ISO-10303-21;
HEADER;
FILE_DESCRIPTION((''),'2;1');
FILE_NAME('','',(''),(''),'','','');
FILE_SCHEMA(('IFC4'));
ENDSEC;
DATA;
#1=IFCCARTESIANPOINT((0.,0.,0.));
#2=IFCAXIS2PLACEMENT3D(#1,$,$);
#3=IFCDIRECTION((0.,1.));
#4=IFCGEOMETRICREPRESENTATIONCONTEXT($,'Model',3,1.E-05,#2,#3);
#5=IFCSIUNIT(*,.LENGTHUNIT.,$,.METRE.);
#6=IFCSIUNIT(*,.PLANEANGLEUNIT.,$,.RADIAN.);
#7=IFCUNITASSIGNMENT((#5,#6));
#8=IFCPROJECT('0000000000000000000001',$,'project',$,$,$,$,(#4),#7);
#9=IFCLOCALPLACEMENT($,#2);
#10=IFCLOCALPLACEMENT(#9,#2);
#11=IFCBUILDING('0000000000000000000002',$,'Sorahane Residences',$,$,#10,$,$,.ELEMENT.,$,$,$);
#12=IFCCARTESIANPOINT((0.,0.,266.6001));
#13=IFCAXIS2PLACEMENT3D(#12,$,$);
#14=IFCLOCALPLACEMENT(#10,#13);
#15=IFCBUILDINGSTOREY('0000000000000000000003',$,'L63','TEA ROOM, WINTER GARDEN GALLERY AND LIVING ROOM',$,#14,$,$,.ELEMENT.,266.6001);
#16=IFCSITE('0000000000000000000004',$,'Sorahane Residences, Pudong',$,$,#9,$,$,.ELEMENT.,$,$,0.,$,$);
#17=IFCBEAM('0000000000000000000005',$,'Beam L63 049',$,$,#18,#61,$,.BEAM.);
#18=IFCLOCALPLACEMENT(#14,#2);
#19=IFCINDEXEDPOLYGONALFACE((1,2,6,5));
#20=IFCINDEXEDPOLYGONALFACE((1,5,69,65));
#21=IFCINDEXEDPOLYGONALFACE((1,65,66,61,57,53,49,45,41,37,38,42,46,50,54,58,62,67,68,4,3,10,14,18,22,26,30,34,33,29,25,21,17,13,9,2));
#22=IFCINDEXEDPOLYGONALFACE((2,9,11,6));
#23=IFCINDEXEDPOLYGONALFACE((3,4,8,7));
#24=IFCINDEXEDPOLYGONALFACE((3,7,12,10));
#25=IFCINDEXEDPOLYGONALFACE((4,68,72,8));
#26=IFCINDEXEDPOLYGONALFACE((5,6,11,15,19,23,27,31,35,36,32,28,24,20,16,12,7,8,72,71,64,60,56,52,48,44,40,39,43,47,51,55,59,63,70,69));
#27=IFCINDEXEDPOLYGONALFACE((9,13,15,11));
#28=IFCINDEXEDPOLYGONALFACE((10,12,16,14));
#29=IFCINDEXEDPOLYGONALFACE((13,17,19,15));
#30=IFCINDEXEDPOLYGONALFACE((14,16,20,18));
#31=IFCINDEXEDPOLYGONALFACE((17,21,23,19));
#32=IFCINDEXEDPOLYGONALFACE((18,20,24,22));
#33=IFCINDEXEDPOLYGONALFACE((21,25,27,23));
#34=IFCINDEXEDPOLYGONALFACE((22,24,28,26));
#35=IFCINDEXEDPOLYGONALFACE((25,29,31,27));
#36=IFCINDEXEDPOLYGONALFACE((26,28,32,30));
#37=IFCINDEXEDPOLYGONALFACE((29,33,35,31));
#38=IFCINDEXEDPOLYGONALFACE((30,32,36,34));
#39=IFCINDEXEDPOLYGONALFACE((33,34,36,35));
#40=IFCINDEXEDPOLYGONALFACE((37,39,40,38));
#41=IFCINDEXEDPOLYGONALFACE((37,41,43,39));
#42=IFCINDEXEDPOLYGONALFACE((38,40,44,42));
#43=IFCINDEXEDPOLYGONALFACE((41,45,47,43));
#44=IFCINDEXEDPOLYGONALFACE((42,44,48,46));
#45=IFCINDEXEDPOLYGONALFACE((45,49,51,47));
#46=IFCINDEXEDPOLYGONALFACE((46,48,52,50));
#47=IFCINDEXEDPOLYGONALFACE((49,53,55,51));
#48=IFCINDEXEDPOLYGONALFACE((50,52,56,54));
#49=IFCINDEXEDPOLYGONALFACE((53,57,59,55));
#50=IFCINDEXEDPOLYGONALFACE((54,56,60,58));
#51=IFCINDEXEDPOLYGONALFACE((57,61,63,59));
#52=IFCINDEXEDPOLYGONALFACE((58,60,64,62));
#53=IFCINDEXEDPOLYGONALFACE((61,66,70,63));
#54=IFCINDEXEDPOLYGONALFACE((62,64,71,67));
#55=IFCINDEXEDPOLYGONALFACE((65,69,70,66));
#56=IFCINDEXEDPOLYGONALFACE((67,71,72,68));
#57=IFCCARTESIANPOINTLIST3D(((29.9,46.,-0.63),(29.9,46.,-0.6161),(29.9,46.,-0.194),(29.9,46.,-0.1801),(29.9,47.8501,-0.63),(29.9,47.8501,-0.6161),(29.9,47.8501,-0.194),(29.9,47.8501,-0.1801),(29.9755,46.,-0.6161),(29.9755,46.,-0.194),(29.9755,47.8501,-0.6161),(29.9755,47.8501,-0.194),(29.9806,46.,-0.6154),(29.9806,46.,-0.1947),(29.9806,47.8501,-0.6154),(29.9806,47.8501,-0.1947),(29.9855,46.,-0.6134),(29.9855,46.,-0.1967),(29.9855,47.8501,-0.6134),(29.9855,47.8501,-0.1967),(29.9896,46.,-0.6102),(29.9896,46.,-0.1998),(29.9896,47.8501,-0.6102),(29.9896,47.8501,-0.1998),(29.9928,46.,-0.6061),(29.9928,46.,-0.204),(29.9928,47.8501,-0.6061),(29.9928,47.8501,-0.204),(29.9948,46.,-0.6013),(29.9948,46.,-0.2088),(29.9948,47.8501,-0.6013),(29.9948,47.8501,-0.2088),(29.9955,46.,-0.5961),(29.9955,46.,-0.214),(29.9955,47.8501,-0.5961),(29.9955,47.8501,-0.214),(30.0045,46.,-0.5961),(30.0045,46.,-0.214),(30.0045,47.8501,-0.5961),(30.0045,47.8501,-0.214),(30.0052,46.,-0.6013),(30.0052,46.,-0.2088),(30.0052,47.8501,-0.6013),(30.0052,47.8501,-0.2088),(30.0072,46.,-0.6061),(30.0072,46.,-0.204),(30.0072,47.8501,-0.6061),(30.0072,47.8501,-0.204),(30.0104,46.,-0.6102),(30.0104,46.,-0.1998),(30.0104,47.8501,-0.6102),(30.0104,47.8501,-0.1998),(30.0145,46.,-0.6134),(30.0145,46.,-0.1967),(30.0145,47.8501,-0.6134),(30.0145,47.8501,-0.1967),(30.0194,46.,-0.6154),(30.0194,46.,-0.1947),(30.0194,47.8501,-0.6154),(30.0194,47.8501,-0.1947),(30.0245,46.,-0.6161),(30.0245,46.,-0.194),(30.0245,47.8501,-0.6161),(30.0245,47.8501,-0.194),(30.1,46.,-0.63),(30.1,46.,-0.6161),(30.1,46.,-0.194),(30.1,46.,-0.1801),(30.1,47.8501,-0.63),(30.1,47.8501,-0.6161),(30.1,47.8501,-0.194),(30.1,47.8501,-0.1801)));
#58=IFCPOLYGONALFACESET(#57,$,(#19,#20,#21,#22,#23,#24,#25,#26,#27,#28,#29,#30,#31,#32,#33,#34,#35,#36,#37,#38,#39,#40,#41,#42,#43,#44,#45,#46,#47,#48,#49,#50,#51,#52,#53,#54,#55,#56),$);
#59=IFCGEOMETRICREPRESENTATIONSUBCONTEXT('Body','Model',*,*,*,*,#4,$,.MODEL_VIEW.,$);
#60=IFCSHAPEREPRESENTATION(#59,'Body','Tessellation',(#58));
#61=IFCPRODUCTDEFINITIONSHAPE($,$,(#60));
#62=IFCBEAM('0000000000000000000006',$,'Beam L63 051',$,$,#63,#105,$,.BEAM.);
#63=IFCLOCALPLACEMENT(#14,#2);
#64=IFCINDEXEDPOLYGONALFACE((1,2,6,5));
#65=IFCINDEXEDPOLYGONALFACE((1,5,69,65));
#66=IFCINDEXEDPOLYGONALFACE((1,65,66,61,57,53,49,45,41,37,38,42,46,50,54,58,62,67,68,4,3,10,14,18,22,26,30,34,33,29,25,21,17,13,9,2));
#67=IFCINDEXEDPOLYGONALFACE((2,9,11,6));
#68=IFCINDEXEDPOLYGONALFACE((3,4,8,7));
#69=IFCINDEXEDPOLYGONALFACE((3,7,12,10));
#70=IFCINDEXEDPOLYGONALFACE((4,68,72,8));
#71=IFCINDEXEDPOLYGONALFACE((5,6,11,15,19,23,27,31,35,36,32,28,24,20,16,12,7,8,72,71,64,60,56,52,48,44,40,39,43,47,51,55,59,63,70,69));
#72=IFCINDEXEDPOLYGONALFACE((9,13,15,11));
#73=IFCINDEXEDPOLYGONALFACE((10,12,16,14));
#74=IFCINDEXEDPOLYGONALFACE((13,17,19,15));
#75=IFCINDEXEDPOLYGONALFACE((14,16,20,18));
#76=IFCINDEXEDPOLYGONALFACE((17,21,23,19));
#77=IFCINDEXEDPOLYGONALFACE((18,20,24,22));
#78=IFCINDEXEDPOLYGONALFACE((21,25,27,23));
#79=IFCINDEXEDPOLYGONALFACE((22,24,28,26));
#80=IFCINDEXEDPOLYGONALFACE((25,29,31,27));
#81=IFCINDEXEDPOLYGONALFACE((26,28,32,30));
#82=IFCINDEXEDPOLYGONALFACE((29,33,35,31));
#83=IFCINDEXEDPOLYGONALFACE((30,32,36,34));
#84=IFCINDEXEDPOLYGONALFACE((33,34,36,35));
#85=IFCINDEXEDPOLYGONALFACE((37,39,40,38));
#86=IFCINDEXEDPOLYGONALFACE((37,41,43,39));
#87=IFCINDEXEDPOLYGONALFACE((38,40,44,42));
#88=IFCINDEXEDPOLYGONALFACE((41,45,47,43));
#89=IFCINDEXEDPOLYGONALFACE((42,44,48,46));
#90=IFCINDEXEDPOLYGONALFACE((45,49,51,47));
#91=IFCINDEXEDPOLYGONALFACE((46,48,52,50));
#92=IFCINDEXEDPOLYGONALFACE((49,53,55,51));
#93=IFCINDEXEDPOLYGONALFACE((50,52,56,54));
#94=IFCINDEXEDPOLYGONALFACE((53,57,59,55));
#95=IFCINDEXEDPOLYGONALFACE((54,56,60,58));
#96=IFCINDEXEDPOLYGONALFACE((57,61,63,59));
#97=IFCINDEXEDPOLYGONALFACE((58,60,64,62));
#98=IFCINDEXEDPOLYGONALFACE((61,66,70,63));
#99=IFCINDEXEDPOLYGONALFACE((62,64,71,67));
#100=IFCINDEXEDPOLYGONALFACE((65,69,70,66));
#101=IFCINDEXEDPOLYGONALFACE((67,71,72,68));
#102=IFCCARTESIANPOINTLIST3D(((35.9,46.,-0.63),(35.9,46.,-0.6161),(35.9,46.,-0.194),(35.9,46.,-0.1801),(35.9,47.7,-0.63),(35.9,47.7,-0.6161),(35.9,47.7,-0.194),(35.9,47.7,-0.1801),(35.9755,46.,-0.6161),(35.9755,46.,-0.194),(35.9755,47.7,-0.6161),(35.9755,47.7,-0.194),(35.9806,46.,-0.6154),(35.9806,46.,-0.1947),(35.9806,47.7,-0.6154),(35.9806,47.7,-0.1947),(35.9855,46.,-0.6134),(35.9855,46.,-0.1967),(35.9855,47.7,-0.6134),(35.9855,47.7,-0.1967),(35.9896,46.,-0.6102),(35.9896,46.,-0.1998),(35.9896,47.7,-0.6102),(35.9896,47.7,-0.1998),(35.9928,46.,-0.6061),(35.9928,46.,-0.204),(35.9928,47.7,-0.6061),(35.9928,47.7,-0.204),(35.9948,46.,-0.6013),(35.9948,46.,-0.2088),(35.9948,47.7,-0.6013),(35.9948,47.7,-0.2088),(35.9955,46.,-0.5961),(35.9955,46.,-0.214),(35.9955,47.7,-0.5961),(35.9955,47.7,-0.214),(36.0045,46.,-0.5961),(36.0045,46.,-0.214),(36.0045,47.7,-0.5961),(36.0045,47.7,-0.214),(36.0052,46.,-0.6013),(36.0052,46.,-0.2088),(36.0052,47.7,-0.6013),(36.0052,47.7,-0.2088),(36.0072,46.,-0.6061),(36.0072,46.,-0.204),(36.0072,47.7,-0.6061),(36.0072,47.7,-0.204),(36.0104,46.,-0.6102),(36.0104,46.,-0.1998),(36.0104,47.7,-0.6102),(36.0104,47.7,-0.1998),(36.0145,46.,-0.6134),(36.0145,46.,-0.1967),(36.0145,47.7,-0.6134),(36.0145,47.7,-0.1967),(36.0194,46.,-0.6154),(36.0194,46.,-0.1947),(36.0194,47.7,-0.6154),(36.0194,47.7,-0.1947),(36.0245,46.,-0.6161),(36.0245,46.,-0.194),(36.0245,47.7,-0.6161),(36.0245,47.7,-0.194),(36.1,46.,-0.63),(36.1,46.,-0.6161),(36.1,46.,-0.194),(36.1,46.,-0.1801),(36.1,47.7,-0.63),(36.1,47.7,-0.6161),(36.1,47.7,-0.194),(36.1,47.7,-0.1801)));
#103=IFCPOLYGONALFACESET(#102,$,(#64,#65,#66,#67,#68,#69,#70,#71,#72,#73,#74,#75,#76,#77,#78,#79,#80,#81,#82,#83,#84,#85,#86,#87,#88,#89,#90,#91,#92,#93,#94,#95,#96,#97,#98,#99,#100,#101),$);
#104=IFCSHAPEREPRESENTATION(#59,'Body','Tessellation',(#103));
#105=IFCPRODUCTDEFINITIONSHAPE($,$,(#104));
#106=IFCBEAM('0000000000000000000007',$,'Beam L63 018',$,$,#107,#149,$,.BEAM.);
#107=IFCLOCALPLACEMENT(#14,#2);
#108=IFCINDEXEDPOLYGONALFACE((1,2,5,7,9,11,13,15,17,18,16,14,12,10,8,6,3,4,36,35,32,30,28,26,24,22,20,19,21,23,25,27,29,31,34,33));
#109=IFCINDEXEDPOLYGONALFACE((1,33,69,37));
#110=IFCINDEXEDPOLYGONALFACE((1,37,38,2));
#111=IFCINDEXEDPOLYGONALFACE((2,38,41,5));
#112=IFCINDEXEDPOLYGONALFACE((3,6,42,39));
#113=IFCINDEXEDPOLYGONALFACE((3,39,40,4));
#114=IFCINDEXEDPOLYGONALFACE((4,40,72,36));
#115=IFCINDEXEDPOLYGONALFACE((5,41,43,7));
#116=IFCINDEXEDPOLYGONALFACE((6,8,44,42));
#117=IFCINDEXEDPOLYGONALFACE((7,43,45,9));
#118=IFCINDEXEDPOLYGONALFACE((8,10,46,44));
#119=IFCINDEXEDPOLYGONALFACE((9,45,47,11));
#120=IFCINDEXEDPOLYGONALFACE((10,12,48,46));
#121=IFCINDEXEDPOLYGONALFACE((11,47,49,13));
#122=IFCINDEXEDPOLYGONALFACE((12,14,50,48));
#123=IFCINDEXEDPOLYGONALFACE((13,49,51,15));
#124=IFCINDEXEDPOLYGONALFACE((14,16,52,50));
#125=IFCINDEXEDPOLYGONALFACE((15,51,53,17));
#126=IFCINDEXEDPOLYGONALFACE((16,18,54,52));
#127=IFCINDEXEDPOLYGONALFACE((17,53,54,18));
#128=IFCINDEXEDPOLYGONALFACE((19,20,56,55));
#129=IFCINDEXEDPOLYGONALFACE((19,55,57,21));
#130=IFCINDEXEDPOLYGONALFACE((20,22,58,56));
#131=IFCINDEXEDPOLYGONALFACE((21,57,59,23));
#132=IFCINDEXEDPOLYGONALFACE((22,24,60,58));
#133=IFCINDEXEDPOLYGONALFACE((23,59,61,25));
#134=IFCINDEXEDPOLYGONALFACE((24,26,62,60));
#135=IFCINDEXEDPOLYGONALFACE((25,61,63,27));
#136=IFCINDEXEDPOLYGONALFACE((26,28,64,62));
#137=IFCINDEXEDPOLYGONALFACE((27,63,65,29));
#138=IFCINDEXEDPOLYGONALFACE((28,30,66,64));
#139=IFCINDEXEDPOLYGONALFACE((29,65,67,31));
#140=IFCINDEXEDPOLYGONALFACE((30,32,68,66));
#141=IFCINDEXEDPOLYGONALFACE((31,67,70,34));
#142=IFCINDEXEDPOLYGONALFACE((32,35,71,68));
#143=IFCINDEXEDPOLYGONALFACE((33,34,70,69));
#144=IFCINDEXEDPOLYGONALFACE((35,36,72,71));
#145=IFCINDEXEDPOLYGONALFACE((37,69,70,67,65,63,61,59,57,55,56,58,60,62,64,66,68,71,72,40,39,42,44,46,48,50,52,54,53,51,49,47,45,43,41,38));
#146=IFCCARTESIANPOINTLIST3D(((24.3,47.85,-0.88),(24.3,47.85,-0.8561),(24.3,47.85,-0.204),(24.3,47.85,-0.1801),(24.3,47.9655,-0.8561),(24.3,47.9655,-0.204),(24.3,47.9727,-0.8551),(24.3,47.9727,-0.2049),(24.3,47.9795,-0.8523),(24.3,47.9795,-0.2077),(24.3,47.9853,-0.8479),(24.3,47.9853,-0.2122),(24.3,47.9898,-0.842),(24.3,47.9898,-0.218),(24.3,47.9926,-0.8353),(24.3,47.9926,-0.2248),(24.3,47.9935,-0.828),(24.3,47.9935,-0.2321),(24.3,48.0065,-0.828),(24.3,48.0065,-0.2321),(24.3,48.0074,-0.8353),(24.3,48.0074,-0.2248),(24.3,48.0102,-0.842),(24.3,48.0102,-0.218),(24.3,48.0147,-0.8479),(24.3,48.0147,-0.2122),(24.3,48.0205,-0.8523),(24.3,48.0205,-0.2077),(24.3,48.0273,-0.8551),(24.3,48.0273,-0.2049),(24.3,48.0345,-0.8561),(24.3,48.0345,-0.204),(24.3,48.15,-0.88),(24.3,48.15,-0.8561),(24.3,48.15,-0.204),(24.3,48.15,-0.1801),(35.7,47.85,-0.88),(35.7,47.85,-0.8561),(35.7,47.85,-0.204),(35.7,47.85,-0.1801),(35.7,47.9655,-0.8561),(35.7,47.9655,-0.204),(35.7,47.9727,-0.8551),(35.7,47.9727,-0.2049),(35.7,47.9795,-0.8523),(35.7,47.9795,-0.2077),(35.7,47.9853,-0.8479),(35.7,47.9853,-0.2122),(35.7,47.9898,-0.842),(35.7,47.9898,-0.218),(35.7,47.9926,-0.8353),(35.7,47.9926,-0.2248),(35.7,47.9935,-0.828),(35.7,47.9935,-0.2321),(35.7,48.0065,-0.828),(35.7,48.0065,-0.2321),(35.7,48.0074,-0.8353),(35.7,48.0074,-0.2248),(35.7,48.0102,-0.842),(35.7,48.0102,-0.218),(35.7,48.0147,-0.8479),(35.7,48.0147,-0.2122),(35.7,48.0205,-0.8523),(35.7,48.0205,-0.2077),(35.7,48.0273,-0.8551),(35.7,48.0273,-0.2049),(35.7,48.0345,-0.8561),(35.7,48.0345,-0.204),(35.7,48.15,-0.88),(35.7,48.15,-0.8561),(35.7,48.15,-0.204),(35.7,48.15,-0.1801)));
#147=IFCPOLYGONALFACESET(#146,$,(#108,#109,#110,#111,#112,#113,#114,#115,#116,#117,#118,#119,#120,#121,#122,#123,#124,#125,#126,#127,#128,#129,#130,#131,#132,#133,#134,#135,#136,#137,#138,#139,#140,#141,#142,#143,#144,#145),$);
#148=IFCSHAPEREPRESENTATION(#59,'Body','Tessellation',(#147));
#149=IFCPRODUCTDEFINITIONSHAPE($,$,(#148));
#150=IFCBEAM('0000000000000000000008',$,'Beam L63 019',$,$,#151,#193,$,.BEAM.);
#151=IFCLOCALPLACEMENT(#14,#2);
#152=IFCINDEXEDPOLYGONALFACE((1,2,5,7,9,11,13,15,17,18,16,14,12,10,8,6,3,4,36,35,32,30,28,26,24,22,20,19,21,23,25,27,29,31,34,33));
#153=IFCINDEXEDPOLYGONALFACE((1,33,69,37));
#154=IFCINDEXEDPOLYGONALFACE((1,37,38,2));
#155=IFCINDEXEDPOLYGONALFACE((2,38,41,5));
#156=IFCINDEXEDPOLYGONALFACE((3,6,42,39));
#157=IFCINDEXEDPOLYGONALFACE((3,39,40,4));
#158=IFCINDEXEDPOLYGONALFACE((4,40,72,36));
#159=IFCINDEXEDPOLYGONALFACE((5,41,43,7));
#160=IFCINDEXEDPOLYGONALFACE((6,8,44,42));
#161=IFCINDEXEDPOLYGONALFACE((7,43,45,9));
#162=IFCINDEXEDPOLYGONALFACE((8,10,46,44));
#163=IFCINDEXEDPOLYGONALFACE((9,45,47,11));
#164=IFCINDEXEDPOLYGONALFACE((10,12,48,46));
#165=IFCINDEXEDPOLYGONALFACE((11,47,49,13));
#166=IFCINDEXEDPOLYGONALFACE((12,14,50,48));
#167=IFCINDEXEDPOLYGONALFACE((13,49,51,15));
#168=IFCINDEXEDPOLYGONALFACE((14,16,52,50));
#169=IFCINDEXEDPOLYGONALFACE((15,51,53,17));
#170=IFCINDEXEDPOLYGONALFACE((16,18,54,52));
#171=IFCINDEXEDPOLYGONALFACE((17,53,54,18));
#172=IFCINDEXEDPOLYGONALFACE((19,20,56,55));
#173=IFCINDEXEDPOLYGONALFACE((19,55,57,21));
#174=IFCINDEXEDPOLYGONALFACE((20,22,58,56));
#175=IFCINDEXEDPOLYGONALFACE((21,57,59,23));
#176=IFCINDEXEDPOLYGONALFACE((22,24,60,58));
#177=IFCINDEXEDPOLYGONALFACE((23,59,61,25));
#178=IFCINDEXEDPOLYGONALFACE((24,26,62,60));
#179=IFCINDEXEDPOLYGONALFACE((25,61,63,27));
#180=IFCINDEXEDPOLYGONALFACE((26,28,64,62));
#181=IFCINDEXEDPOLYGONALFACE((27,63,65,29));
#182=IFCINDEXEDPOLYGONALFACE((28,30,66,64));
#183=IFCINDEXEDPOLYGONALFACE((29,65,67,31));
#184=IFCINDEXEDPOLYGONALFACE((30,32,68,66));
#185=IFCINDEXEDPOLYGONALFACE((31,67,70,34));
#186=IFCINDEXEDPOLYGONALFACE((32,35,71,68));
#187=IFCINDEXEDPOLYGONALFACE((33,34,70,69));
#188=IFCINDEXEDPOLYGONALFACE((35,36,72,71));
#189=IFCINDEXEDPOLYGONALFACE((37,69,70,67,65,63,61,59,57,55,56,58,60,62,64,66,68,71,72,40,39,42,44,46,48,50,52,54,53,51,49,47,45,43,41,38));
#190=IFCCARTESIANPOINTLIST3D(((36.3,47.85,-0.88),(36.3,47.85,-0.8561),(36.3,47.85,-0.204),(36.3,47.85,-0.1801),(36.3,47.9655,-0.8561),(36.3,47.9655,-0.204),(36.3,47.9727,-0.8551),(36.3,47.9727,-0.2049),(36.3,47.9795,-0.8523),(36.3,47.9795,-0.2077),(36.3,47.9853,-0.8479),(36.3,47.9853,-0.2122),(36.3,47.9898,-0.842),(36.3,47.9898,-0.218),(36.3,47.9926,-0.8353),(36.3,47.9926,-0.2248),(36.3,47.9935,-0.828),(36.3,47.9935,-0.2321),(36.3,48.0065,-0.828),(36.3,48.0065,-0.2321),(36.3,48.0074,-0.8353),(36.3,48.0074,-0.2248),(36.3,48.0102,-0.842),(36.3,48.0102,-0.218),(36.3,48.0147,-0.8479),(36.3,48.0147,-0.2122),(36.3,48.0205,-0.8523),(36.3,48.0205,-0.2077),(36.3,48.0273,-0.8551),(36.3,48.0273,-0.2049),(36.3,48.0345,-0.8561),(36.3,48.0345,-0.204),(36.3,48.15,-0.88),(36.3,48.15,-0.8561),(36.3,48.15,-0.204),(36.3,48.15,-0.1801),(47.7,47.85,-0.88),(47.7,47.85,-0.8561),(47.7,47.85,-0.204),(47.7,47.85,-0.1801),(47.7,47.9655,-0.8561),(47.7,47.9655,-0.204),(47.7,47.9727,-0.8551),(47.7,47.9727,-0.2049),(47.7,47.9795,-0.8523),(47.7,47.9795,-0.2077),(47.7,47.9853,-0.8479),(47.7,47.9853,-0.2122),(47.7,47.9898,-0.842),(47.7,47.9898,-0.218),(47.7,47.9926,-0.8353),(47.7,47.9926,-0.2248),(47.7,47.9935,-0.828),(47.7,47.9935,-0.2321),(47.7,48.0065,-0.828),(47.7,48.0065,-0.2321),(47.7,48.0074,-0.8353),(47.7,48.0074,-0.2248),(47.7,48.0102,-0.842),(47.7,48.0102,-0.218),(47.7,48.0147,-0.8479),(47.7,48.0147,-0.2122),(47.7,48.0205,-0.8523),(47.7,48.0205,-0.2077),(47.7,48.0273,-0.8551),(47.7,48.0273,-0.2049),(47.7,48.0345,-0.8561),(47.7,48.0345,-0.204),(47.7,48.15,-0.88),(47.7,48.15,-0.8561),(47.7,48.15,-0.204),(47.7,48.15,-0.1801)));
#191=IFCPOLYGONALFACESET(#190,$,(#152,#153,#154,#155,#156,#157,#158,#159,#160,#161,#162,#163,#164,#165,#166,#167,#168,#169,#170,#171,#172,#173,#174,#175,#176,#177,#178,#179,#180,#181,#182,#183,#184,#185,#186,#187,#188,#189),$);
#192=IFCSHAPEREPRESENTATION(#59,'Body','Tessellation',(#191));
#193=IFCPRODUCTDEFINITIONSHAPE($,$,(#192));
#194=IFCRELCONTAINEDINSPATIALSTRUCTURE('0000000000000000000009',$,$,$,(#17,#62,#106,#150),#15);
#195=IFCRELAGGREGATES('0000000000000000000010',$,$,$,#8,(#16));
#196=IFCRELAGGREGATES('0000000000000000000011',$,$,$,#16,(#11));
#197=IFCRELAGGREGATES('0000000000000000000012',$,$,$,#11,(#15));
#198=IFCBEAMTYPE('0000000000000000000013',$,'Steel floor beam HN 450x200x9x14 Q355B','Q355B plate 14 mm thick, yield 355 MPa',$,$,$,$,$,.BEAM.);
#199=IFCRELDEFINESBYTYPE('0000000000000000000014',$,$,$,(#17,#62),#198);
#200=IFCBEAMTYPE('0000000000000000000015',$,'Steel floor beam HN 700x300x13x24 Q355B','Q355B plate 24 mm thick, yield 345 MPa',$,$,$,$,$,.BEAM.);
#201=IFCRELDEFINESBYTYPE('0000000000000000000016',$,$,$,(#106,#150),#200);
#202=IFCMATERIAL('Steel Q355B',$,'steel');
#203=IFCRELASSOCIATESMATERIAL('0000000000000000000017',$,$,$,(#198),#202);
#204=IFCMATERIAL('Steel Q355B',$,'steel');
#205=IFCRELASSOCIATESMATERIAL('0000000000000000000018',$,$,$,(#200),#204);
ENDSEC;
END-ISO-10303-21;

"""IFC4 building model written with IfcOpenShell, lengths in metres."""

from ifc_helpers import new_model, si_unit, direction, frame, origin, origin_2d, place, context, subcontext, project, spatial, i_section, extrude, material, material_profile, profile_set, type_object, element, save


model = new_model("IFC4")

# Units and contexts
model_context = context("Model", 3, precision=1e-05, world=origin(), true_north=direction((0.0, 1.0)))
body_context = subcontext(model_context, "Body", "Model", "MODEL_VIEW")
ifc_project = project(units=[si_unit("LENGTHUNIT", "METRE"), si_unit("PLANEANGLEUNIT", "RADIAN")], contexts=[model_context])

# Site, building, storey
site_placement = place(None, origin())
site = spatial("IfcSite", under=ifc_project, at=site_placement, Name="Sorahane Residences, Pudong", CompositionType="ELEMENT", RefElevation=0.0)
building_placement = place(site_placement, origin())
building = spatial("IfcBuilding", under=site, at=building_placement, Name="Sorahane Residences", CompositionType="ELEMENT")
storey_placement = place(building_placement, frame((0.0, 0.0, 266.6001)))
storey = spatial("IfcBuildingStorey", under=building, at=storey_placement, Name="L63", Description="TEA ROOM, WINTER GARDEN GALLERY AND LIVING ROOM", CompositionType="ELEMENT", Elevation=266.6001)

# Beams
ifc_material_1 = material(Name="Steel Q355B", Category="steel")
ifc_material_profile_1 = material_profile(ifc_material_1, i_section(OverallWidth=0.2, OverallDepth=0.45, WebThickness=0.009, FlangeThickness=0.0139, FilletRadius=0.02, at=origin_2d()), Name="HN 450x200x9x14")
ifc_profile_set_1 = profile_set([ifc_material_profile_1], Name="Steel Q355B")
beam_type_1 = type_object("IfcBeamType", Name="Steel floor beam HN 450x200x9x14 Q355B", Description="Q355B plate 14 mm thick, yield 355 MPa", PredefinedType="BEAM", material=ifc_profile_set_1)
beam_1_placement = place(storey_placement, frame((30.0, 46.0, -0.405), z_axis=(0.0, 1.0, 0.0), x_axis=(-1.0, 0.0, 0.0)))
element("IfcBeam", 1, at=beam_1_placement, inside=storey, type_object=beam_type_1, Name="Beam L63 049", PredefinedType="BEAM", context=body_context, shape_type="SweptSolid", body=[
    extrude(i_section(OverallWidth=0.2, OverallDepth=0.45, WebThickness=0.009, FlangeThickness=0.0139, FilletRadius=0.02, at=origin_2d()), origin(), (0.0, 0.0, 1.0), 1.8501),
])
beam_2_placement = place(storey_placement, frame((36.0, 46.0, -0.405), z_axis=(0.0, 1.0, 0.0), x_axis=(-1.0, 0.0, 0.0)))
element("IfcBeam", 2, at=beam_2_placement, inside=storey, type_object=beam_type_1, Name="Beam L63 051", PredefinedType="BEAM", context=body_context, shape_type="SweptSolid", body=[
    extrude(i_section(OverallWidth=0.2, OverallDepth=0.45, WebThickness=0.009, FlangeThickness=0.0139, FilletRadius=0.02, at=origin_2d()), origin(), (0.0, 0.0, 1.0), 1.7),
])
ifc_material_2 = material(Name="Steel Q355B", Category="steel")
ifc_material_profile_2 = material_profile(ifc_material_2, i_section(OverallWidth=0.3, OverallDepth=0.7, WebThickness=0.0129, FlangeThickness=0.0239, FilletRadius=0.0281, at=origin_2d()), Name="HN 700x300x13x24")
ifc_profile_set_2 = profile_set([ifc_material_profile_2], Name="Steel Q355B")
beam_type_2 = type_object("IfcBeamType", Name="Steel floor beam HN 700x300x13x24 Q355B", Description="Q355B plate 24 mm thick, yield 345 MPa", PredefinedType="BEAM", material=ifc_profile_set_2)
for number, where, z_axis, x_axis, name in (
    (3, (24.3, 48.0, -0.53), (1.0, 0.0, 0.0), (0.0, 1.0, 0.0), "Beam L63 018"),
    (4, (36.3, 48.0, -0.53), (1.0, 0.0, 0.0), (0.0, 1.0, 0.0), "Beam L63 019"),
):
    element("IfcBeam", number, at=place(storey_placement, frame(where, z_axis=z_axis, x_axis=x_axis)), inside=storey, type_object=beam_type_2, Name=name, PredefinedType="BEAM", context=body_context, shape_type="SweptSolid", body=[
        extrude(i_section(OverallWidth=0.3, OverallDepth=0.7, WebThickness=0.0129, FlangeThickness=0.0239, FilletRadius=0.0281, at=origin_2d()), origin(), (0.0, 0.0, 1.0), 11.3999),
    ])

save(model, "model.ifc")
